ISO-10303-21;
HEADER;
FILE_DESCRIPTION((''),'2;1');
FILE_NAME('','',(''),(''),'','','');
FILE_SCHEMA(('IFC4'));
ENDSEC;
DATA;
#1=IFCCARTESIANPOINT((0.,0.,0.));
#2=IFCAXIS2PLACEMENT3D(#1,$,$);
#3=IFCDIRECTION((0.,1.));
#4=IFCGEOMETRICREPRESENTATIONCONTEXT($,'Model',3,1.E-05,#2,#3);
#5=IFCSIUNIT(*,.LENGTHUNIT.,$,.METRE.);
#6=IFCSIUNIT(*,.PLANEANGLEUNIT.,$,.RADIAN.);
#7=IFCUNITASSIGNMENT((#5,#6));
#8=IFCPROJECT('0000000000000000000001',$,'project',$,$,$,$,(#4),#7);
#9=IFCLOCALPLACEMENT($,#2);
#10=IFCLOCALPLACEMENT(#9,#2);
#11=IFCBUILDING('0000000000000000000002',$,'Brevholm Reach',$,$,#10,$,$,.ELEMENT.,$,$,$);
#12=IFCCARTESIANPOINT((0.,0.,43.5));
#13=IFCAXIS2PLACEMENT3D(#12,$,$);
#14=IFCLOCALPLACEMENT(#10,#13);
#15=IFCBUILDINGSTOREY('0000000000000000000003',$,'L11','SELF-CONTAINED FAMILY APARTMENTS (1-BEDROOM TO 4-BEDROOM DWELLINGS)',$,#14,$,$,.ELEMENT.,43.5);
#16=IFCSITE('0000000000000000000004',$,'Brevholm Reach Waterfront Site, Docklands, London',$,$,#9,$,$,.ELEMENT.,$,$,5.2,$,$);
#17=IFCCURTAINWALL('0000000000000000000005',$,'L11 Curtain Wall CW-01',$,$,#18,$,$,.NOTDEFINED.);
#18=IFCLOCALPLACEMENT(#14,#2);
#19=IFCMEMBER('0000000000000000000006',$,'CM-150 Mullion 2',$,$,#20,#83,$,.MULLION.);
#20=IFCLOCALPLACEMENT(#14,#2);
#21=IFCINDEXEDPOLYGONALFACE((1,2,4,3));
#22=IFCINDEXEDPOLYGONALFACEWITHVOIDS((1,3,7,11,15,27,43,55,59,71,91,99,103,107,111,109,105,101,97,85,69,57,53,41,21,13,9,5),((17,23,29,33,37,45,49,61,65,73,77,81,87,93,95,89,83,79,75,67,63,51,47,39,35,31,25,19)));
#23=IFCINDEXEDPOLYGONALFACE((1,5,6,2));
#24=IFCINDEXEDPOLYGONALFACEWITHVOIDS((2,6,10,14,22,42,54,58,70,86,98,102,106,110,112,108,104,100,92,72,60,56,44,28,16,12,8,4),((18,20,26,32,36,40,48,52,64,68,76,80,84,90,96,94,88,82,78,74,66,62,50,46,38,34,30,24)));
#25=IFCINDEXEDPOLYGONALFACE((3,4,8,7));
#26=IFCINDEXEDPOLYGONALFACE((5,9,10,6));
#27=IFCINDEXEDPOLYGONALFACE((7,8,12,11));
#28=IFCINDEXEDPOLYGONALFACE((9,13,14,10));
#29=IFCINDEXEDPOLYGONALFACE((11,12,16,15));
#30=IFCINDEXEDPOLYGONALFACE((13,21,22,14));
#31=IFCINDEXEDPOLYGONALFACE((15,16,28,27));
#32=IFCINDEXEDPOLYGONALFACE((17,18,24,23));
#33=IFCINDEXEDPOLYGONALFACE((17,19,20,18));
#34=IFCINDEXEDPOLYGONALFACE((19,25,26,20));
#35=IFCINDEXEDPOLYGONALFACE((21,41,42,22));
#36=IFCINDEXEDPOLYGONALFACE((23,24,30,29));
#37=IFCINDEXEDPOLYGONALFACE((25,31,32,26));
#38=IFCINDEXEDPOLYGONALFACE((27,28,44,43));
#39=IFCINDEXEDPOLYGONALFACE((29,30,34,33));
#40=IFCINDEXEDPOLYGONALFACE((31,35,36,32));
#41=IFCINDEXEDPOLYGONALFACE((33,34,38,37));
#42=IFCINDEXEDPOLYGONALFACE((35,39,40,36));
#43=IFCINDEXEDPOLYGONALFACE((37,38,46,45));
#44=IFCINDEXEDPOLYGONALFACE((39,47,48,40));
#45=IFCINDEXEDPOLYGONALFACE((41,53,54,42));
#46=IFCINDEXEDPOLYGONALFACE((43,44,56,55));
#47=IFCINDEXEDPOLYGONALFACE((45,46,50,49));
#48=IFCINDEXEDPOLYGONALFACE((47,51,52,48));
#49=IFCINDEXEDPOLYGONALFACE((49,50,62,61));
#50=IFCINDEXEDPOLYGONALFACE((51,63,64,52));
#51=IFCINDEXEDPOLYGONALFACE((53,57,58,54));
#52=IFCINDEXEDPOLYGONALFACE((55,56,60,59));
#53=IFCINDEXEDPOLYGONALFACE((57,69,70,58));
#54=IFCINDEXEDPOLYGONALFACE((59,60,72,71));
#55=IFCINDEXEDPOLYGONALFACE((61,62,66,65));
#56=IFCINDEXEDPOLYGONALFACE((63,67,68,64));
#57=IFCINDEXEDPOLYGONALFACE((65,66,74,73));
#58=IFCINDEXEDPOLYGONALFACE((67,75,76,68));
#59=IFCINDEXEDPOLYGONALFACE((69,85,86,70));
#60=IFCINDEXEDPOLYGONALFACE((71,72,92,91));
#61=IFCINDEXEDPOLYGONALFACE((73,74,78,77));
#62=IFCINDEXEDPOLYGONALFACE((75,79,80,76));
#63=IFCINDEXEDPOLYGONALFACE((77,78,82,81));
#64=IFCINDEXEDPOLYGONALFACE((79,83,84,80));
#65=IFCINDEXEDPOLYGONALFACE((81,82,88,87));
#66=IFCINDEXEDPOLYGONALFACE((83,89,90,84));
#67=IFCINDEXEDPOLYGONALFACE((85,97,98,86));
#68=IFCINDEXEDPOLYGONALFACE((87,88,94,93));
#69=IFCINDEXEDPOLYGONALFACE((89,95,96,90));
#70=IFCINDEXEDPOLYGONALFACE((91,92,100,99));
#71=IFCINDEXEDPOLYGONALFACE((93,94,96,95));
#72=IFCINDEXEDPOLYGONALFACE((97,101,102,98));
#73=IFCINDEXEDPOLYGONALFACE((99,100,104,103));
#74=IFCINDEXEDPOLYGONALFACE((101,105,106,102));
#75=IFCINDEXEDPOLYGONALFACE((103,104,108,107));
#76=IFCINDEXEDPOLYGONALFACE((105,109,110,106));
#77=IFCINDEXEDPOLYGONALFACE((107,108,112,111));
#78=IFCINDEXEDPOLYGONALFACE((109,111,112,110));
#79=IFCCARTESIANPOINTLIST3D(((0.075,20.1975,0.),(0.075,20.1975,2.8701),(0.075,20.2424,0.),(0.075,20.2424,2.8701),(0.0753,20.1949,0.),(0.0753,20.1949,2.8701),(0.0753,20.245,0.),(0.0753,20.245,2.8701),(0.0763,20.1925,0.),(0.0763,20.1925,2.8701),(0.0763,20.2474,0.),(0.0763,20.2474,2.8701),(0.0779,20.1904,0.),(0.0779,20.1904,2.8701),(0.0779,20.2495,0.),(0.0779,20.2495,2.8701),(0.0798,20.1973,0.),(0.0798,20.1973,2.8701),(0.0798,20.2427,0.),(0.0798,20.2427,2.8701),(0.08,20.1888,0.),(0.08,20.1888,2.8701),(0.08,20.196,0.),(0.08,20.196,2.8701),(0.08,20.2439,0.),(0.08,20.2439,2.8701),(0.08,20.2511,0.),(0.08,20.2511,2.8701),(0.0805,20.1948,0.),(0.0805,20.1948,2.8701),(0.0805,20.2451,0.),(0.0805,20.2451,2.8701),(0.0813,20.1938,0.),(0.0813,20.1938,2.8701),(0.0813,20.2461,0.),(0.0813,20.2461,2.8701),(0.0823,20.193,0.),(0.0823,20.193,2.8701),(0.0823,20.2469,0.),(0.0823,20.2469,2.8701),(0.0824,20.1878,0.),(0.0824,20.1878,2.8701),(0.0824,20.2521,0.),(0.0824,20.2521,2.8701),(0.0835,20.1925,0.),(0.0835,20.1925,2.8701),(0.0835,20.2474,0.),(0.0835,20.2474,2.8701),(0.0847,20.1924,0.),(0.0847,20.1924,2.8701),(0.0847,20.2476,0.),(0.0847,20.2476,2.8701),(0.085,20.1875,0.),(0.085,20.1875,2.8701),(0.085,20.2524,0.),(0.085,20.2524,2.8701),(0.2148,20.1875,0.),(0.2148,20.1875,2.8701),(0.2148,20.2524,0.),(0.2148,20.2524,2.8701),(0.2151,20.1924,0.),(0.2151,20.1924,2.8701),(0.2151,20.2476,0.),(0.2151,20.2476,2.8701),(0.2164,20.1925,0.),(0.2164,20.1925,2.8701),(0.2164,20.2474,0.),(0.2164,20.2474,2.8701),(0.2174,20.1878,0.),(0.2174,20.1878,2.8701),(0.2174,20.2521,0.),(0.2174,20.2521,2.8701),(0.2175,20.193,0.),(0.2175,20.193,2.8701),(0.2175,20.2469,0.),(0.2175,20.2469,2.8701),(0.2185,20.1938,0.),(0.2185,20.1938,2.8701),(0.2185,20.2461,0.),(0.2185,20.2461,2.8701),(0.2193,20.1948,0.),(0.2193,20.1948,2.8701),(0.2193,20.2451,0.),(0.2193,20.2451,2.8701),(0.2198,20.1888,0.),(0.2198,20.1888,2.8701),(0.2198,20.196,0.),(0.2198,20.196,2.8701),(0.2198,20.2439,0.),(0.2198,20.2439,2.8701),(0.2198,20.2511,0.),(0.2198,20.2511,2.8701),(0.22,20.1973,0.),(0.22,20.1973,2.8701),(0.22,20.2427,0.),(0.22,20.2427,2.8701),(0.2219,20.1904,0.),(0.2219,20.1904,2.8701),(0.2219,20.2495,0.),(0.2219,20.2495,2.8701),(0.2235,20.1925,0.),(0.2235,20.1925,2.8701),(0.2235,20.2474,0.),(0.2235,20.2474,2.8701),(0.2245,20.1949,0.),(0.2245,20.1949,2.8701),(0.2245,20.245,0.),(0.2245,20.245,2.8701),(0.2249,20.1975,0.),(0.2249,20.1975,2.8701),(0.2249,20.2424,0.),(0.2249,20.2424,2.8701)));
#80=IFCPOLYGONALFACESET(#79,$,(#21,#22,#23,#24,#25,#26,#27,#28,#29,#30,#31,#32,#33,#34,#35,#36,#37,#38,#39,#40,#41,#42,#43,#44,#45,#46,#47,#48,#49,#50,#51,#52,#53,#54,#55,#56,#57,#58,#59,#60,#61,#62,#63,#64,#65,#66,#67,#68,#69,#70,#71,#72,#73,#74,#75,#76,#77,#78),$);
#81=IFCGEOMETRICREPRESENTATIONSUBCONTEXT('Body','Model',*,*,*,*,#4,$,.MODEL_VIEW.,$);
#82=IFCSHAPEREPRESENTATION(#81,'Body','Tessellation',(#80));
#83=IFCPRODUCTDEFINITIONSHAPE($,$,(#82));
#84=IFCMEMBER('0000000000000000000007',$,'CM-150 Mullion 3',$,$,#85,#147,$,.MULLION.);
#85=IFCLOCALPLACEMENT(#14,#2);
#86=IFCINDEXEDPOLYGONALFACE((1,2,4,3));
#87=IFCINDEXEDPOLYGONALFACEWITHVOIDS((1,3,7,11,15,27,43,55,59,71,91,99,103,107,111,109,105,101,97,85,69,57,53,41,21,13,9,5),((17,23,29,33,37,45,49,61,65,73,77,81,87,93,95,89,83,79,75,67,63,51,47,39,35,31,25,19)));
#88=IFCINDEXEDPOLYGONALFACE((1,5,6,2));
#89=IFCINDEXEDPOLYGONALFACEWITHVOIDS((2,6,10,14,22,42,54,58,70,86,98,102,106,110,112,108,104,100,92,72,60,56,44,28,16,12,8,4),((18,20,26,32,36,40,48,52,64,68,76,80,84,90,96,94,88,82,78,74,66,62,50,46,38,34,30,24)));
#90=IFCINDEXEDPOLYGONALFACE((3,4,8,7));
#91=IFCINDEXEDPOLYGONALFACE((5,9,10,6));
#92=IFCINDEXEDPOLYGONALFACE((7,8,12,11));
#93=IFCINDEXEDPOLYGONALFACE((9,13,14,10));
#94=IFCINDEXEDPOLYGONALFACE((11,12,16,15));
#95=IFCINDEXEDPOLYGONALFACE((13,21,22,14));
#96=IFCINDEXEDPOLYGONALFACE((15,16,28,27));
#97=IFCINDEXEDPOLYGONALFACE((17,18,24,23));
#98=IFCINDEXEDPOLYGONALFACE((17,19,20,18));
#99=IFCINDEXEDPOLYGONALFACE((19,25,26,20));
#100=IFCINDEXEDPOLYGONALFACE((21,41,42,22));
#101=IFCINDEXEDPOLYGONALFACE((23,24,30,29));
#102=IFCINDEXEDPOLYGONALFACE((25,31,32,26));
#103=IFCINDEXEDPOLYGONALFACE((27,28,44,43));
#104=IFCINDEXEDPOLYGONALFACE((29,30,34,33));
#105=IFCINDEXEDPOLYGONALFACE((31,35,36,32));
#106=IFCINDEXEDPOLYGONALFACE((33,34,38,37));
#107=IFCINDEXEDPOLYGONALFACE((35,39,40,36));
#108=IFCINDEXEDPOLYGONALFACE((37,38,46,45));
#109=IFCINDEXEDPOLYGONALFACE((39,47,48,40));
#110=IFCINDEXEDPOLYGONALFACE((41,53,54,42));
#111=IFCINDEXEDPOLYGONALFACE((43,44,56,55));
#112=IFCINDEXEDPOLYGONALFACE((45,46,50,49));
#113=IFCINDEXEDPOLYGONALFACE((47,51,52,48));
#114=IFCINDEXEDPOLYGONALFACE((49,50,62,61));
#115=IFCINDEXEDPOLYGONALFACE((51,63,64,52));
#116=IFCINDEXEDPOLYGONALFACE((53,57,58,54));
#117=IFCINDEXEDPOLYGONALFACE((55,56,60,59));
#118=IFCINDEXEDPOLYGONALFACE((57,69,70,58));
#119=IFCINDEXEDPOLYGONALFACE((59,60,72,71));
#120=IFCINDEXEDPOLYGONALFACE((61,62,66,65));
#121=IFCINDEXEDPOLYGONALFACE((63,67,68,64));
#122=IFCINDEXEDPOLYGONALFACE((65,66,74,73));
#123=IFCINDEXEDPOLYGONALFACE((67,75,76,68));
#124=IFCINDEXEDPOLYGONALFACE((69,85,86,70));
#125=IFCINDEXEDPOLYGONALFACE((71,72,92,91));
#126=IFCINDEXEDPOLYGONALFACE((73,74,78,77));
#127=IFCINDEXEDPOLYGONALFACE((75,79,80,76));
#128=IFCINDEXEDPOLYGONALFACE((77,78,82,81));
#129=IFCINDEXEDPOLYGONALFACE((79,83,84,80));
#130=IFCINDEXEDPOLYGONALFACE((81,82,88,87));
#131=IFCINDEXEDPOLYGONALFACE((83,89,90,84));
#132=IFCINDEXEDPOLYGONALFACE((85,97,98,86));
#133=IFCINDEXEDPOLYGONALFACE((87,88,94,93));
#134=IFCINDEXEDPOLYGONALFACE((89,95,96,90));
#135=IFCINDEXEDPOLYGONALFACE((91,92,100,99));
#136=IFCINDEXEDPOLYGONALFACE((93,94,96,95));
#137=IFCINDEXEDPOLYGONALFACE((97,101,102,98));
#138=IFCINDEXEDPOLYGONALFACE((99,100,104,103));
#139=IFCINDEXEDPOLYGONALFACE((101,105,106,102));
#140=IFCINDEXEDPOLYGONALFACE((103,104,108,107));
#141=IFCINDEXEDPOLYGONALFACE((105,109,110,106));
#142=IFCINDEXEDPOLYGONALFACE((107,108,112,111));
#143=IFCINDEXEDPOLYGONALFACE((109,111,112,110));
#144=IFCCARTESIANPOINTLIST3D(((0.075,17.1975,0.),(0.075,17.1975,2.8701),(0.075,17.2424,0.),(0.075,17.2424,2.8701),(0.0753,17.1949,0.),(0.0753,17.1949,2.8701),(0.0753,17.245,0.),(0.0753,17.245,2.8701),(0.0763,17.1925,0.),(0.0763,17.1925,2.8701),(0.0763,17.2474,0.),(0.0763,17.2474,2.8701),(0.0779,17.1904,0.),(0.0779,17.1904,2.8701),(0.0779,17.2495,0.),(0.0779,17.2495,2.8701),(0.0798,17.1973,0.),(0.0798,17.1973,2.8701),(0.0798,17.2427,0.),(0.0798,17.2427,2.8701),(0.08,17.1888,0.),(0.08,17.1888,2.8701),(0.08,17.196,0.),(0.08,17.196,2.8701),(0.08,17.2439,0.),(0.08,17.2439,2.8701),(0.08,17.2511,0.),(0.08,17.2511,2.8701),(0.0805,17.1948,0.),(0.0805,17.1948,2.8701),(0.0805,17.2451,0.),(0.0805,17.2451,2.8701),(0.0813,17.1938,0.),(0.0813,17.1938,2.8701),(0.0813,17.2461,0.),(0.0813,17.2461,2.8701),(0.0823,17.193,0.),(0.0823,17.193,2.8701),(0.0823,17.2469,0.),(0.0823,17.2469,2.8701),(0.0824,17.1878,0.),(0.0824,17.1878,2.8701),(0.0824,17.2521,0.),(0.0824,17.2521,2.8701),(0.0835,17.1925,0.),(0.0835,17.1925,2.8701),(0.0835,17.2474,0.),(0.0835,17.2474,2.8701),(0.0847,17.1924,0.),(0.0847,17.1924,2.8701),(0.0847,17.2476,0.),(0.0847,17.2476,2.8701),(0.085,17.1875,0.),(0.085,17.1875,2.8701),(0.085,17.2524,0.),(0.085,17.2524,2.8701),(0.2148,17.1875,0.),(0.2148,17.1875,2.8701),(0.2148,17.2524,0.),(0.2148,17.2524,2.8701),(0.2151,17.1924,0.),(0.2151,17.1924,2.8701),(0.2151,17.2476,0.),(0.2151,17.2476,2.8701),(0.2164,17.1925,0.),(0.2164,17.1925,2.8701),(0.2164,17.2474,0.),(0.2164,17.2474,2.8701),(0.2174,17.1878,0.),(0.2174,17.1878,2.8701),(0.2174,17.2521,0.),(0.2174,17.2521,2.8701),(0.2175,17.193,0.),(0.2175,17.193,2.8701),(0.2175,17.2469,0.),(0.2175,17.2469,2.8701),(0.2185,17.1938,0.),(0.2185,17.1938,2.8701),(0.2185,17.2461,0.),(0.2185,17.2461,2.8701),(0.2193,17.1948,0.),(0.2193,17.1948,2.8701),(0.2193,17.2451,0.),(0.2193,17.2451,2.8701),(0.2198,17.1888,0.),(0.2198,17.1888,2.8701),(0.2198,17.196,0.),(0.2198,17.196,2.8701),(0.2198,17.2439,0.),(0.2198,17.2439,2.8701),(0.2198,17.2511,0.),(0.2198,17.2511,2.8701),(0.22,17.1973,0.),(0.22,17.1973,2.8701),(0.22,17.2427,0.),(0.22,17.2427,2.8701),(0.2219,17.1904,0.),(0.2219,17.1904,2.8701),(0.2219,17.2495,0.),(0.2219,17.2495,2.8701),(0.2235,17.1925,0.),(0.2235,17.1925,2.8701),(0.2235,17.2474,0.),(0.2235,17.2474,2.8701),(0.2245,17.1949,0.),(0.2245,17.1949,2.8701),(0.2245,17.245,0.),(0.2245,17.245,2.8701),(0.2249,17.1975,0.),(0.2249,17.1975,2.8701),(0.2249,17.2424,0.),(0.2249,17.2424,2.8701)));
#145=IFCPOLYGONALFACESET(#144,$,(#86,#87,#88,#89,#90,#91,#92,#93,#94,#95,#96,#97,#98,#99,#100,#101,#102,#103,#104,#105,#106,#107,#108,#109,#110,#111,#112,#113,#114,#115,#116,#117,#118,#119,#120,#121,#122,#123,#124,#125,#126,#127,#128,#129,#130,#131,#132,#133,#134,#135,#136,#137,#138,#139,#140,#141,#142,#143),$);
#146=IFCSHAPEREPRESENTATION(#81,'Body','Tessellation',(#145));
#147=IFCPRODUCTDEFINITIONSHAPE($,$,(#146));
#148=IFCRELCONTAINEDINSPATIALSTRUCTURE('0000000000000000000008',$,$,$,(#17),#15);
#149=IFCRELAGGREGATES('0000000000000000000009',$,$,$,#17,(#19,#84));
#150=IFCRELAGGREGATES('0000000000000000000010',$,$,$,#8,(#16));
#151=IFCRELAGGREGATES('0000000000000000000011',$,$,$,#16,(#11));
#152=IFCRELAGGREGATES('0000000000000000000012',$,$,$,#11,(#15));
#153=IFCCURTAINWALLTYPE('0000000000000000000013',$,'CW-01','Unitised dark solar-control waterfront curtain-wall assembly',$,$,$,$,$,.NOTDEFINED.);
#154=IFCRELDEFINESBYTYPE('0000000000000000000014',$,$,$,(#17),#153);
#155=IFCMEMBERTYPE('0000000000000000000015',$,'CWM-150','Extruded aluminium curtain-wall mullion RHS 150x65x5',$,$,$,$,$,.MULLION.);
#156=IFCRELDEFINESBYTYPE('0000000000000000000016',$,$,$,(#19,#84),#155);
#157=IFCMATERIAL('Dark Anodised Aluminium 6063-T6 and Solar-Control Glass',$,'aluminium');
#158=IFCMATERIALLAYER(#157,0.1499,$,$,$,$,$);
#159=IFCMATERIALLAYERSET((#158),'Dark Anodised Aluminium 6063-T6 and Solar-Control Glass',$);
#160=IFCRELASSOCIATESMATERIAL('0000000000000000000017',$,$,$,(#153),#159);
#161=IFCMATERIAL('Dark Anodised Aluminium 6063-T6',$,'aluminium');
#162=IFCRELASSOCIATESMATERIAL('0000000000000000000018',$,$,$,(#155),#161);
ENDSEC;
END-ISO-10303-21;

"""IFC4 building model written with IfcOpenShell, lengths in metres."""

from ifc_helpers import new_model, si_unit, direction, frame, origin, origin_2d, place, context, subcontext, project, spatial, hollow_rectangle, extrude, material, layer, layer_set, material_profile, profile_set, type_object, element, aggregate, save


model = new_model("IFC4")

# Units and contexts
model_context = context("Model", 3, precision=1e-05, world=origin(), true_north=direction((0.0, 1.0)))
body_context = subcontext(model_context, "Body", "Model", "MODEL_VIEW")
ifc_project = project(units=[si_unit("LENGTHUNIT", "METRE"), si_unit("PLANEANGLEUNIT", "RADIAN")], contexts=[model_context])

# Site, building, storey
site_placement = place(None, origin())
site = spatial("IfcSite", under=ifc_project, at=site_placement, Name="Brevholm Reach Waterfront Site, Docklands, London", CompositionType="ELEMENT", RefElevation=5.2)
building_placement = place(site_placement, origin())
building = spatial("IfcBuilding", under=site, at=building_placement, Name="Brevholm Reach", CompositionType="ELEMENT")
storey_placement = place(building_placement, frame((0.0, 0.0, 43.5)))
storey = spatial("IfcBuildingStorey", under=building, at=storey_placement, Name="L11", Description="SELF-CONTAINED FAMILY APARTMENTS (1-BEDROOM TO 4-BEDROOM DWELLINGS)", CompositionType="ELEMENT", Elevation=43.5)

# Curtain wall, members
ifc_material_1 = material(Name="Dark Anodised Aluminium 6063-T6 and Solar-Control Glass", Category="aluminium")
ifc_layer_1 = layer(ifc_material_1, 0.1499)
ifc_layer_set_1 = layer_set([ifc_layer_1], Name="Dark Anodised Aluminium 6063-T6 and Solar-Control Glass")
curtain_wall_type = type_object("IfcCurtainWallType", Name="CW-01", Description="Unitised dark solar-control waterfront curtain-wall assembly", PredefinedType="NOTDEFINED", material=ifc_layer_set_1)
curtain_wall_placement = place(storey_placement, origin())
curtain_wall = element("IfcCurtainWall", 1, at=curtain_wall_placement, inside=storey, type_object=curtain_wall_type, Name="L11 Curtain Wall CW-01", PredefinedType="NOTDEFINED")
ifc_material_2 = material(Name="Dark Anodised Aluminium 6063-T6", Category="aluminium")
ifc_material_profile_1 = material_profile(ifc_material_2, hollow_rectangle(XDim=0.0649, YDim=0.1499, WallThickness=0.0049, InnerFilletRadius=0.0049, OuterFilletRadius=0.01, at=origin_2d()), Name="RHS 150x65x5")
ifc_profile_set_1 = profile_set([ifc_material_profile_1], Name="Dark Anodised Aluminium 6063-T6")
member_type_1 = type_object("IfcMemberType", Name="CWM-150", Description="Extruded aluminium curtain-wall mullion RHS 150x65x5", PredefinedType="MULLION", material=ifc_profile_set_1)
member_1_placement = place(storey_placement, frame((0.1499, 20.22, 0.0), z_axis=(0.0, 0.0, 1.0), x_axis=(0.0, -1.0, 0.0)))
member_1 = element("IfcMember", 2, at=member_1_placement, type_object=member_type_1, Name="CM-150 Mullion 2", PredefinedType="MULLION", context=body_context, shape_type="SweptSolid", body=[
    extrude(hollow_rectangle(XDim=0.0649, YDim=0.1499, WallThickness=0.0049, InnerFilletRadius=0.0049, OuterFilletRadius=0.01, at=origin_2d()), origin(), (0.0, 0.0, 1.0), 2.8701),
])
member_2_placement = place(storey_placement, frame((0.1499, 17.22, 0.0), z_axis=(0.0, 0.0, 1.0), x_axis=(0.0, -1.0, 0.0)))
member_2 = element("IfcMember", 3, at=member_2_placement, type_object=member_type_1, Name="CM-150 Mullion 3", PredefinedType="MULLION", context=body_context, shape_type="SweptSolid", body=[
    extrude(hollow_rectangle(XDim=0.0649, YDim=0.1499, WallThickness=0.0049, InnerFilletRadius=0.0049, OuterFilletRadius=0.01, at=origin_2d()), origin(), (0.0, 0.0, 1.0), 2.8701),
])
aggregate(curtain_wall, [member_1, member_2])

save(model, "model.ifc")
